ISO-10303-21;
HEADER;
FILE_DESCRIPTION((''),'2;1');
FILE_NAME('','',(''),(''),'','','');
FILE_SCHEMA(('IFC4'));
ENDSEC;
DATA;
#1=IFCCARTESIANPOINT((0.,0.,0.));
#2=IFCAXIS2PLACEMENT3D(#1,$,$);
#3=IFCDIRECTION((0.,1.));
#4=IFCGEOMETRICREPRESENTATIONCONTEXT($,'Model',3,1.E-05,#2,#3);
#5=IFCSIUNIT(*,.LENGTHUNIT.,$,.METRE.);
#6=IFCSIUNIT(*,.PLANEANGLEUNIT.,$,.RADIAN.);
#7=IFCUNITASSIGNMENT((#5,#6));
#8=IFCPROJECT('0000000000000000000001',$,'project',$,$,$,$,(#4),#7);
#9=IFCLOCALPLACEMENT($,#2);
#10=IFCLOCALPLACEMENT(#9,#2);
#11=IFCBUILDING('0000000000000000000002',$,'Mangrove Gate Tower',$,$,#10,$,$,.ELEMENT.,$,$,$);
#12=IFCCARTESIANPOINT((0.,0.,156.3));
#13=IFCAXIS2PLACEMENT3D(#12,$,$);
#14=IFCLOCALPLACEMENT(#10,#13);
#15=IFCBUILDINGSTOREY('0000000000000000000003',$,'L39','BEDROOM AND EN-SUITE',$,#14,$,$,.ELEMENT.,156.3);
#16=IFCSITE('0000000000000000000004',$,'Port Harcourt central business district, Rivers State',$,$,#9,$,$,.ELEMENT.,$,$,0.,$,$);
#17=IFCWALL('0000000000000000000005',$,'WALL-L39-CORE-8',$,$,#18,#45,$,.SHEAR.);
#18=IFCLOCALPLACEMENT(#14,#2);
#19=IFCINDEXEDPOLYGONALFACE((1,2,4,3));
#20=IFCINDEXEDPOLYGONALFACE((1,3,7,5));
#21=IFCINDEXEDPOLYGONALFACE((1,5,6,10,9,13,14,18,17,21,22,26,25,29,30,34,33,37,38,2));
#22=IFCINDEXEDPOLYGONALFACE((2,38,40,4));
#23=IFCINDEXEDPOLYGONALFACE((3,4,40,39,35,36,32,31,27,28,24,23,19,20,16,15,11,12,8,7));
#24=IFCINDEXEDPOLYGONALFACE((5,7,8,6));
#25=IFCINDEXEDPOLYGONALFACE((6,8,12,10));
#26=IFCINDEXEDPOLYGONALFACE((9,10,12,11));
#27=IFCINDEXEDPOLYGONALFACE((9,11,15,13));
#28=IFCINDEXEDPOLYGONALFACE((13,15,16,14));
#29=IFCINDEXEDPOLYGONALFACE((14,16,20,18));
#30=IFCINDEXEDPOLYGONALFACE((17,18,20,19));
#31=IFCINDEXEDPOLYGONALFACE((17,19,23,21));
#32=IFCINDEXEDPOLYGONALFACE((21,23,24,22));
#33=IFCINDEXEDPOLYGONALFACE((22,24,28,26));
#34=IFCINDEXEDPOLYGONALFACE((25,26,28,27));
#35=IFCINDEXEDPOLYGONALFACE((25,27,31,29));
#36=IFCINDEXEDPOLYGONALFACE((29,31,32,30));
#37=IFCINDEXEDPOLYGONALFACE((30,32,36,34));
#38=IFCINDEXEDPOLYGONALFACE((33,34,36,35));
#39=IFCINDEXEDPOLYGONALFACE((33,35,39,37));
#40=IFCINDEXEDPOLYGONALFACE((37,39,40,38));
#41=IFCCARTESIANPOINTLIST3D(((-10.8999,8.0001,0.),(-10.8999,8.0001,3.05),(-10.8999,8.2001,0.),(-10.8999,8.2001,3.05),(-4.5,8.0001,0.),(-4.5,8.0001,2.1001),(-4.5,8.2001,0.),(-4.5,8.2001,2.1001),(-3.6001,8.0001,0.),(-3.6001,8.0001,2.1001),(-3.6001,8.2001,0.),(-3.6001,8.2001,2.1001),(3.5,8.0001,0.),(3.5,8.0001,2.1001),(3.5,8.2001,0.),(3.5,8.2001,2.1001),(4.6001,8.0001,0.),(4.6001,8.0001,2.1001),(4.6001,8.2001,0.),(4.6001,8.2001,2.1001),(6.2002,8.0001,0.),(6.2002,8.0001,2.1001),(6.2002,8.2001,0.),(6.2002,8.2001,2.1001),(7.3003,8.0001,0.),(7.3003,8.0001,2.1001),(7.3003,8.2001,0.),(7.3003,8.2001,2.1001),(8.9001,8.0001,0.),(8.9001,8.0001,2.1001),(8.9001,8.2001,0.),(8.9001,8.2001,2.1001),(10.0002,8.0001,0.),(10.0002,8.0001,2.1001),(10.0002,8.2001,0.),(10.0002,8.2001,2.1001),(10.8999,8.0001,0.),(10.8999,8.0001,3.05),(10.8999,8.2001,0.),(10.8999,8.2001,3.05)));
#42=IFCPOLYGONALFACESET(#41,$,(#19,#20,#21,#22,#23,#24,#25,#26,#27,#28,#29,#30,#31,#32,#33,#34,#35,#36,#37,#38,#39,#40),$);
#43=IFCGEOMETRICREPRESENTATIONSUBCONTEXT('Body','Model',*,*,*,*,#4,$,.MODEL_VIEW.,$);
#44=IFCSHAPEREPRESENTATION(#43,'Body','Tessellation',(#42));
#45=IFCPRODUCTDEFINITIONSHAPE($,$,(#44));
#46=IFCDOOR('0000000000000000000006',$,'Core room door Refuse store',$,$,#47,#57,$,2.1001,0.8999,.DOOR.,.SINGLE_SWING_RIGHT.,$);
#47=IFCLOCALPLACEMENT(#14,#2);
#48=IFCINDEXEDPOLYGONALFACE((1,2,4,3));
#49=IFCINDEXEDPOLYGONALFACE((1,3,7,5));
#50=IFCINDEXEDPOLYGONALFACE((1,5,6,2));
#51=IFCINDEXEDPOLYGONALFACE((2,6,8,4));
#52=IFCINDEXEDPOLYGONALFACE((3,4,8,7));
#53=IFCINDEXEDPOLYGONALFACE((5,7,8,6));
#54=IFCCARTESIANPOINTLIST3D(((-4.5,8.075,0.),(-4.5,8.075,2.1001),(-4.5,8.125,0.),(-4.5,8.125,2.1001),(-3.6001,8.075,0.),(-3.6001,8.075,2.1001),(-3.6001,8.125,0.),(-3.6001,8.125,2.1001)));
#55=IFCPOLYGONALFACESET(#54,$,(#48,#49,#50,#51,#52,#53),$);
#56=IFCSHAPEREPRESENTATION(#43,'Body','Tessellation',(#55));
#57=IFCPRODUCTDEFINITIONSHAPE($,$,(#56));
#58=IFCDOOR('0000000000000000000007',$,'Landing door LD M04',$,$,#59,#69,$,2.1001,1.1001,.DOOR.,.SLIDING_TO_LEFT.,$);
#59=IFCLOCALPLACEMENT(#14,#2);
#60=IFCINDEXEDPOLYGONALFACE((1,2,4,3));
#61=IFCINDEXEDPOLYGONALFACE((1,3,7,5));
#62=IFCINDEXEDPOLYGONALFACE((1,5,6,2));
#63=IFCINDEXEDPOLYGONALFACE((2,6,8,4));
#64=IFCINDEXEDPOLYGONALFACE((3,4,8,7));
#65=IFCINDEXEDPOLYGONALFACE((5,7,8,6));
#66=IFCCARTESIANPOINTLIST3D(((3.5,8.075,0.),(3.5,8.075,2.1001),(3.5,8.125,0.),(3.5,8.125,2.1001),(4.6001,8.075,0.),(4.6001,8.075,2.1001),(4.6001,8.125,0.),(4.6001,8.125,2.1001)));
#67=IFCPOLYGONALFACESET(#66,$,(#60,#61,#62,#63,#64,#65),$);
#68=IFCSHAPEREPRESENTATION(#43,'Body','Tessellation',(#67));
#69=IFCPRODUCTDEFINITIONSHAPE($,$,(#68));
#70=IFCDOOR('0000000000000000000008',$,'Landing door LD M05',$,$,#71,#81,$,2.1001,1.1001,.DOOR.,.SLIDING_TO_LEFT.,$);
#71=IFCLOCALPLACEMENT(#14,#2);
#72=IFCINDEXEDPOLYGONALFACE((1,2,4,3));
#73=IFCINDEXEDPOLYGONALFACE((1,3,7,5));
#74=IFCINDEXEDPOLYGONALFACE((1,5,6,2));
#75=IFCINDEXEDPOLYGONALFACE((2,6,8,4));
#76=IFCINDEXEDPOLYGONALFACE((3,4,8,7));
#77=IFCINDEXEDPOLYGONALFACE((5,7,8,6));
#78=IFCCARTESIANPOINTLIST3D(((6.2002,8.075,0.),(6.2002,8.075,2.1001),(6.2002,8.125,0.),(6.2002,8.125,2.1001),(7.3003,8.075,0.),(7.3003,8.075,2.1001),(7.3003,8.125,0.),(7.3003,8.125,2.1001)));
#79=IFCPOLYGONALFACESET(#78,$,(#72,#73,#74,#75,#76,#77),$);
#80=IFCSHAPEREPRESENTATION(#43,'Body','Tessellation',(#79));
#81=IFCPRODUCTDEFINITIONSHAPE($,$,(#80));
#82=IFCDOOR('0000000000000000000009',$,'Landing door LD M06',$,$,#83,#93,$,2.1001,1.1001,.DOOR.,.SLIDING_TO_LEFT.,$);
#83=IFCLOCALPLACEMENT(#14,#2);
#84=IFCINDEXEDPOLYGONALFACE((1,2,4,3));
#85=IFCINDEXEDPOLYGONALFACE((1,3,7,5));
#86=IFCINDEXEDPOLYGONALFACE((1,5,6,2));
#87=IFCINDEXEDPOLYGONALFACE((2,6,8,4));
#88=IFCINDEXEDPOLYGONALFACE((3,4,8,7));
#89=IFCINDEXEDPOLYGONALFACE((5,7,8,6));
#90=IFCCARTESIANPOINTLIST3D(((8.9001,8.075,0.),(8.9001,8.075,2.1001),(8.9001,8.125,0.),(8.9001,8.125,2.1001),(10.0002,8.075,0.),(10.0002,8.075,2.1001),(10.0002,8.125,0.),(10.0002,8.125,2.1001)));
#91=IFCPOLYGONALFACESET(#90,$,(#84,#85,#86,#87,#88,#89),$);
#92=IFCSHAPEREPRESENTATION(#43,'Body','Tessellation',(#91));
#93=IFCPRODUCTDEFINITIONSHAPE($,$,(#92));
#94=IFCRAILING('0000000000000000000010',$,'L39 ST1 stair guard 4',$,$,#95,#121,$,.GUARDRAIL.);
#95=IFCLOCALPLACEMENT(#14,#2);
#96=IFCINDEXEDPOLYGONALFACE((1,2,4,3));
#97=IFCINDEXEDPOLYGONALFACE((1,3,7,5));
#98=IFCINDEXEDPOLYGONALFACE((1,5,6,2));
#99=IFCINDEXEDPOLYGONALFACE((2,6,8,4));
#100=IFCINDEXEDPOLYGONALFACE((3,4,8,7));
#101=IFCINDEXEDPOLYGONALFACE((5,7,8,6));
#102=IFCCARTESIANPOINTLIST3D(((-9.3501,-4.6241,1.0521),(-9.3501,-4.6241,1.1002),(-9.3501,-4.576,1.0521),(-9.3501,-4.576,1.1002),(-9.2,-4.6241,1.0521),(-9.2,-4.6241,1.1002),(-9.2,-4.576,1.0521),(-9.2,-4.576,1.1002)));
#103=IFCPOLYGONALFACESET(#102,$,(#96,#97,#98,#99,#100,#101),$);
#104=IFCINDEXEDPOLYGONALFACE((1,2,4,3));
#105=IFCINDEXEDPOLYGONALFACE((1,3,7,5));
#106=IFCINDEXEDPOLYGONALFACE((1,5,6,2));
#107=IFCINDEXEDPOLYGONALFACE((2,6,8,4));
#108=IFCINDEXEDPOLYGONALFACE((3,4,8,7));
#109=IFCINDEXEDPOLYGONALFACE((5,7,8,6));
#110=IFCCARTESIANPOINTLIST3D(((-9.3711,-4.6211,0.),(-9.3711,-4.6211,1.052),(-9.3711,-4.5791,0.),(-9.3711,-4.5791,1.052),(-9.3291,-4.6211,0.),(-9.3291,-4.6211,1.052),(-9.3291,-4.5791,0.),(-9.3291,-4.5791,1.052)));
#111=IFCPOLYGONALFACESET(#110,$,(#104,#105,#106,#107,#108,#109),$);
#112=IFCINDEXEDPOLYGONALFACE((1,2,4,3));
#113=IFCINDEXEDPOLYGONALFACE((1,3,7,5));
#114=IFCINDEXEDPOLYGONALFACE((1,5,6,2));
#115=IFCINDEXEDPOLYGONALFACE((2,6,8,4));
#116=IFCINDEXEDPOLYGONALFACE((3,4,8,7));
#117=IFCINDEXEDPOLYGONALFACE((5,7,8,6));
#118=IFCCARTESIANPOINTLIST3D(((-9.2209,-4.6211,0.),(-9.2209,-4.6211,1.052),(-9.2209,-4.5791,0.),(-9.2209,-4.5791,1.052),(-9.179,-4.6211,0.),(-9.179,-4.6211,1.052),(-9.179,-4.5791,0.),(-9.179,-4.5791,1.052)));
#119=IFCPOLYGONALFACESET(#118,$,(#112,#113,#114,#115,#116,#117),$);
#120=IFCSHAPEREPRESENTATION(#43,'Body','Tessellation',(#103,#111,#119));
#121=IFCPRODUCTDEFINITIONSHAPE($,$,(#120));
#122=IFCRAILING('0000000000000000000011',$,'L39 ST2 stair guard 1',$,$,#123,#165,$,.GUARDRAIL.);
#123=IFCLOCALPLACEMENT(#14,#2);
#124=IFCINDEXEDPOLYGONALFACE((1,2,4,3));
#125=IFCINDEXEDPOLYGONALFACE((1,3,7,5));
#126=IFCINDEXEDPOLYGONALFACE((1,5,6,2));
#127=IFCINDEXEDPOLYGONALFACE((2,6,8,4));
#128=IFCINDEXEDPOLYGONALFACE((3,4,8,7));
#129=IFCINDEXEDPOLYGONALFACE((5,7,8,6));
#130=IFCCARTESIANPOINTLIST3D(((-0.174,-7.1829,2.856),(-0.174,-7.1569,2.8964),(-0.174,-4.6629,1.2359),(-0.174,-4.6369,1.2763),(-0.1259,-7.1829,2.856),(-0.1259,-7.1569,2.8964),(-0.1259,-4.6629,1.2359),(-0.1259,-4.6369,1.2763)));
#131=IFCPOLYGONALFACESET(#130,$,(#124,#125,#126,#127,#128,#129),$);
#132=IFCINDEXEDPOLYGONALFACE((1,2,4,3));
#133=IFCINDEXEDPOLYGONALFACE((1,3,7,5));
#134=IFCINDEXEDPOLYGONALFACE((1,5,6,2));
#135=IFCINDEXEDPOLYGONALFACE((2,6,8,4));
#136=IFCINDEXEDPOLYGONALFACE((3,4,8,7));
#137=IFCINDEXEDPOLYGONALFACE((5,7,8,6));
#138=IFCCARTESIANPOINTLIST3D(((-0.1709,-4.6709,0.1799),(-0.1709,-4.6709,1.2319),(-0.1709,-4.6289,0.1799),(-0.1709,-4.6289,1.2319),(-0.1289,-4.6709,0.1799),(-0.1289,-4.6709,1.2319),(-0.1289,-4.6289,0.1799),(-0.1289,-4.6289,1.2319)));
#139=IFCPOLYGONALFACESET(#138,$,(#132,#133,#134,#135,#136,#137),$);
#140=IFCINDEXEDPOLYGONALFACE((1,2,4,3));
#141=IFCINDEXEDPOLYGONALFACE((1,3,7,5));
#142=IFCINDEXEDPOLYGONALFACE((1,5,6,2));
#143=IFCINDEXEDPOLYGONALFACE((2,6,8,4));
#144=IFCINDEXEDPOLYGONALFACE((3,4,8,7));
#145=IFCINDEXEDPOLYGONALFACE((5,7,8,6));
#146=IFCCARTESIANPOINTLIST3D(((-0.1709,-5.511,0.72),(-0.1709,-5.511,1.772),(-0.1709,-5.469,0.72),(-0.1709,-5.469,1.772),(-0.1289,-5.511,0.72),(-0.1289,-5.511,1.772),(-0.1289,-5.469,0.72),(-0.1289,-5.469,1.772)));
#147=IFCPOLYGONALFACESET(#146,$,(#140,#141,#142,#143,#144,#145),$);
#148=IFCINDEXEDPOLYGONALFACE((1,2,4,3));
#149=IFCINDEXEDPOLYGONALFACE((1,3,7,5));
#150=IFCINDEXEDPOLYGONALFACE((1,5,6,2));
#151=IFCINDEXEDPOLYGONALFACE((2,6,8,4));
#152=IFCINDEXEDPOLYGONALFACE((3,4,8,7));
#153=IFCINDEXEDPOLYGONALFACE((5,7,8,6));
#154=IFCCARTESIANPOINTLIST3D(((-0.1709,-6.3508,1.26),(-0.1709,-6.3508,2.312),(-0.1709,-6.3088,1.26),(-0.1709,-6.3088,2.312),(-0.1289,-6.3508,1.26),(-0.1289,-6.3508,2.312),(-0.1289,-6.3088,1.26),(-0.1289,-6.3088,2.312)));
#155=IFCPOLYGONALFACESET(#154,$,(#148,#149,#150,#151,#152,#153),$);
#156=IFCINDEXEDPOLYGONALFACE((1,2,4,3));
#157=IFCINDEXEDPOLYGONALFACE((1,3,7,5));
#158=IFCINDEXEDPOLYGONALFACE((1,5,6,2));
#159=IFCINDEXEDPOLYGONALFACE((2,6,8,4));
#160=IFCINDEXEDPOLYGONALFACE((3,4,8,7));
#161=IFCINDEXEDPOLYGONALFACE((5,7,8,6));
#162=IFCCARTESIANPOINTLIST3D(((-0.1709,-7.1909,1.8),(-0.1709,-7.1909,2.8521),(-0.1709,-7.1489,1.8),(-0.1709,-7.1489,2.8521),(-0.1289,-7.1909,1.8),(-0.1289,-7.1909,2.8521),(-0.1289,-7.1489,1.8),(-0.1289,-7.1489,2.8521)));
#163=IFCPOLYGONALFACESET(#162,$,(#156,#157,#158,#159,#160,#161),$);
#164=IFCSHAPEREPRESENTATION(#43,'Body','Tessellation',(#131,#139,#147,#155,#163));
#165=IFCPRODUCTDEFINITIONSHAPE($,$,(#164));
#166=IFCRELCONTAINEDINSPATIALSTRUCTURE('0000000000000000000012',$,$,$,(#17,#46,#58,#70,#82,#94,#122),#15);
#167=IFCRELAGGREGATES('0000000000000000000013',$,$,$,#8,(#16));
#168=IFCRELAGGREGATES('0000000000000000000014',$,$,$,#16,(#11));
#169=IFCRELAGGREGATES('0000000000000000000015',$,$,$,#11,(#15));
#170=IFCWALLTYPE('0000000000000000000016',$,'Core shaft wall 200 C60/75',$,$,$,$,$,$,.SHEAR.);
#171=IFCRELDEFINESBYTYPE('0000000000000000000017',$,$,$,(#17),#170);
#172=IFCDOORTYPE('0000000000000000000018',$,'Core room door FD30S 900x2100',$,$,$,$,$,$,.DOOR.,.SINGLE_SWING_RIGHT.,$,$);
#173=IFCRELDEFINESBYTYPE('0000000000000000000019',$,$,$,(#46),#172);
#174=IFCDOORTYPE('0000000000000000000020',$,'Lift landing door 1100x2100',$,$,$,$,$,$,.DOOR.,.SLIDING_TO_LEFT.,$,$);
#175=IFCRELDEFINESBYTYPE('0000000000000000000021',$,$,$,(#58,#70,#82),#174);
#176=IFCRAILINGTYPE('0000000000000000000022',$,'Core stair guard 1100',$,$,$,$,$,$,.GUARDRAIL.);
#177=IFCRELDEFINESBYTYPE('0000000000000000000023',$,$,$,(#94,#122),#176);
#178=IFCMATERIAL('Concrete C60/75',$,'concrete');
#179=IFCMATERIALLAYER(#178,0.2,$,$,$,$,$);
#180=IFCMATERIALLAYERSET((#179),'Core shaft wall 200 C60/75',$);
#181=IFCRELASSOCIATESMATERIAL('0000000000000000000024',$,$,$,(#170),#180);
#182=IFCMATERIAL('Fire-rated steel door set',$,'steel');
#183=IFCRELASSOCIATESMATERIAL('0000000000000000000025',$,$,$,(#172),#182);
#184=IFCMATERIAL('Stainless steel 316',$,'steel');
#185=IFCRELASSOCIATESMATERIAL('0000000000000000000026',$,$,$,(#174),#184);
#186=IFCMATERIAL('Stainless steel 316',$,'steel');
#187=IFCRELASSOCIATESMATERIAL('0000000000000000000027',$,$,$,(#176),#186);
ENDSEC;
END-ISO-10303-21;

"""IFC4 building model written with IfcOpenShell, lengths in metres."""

from ifc_helpers import new_model, si_unit, direction, frame, frame_2d, origin, origin_2d, place, context, subcontext, project, spatial, rectangle, extrude, material, layer, layer_set, type_object, element, fill, save


model = new_model("IFC4")

# Units and contexts
model_context = context("Model", 3, precision=1e-05, world=origin(), true_north=direction((0.0, 1.0)))
body_context = subcontext(model_context, "Body", "Model", "MODEL_VIEW")
ifc_project = project(units=[si_unit("LENGTHUNIT", "METRE"), si_unit("PLANEANGLEUNIT", "RADIAN")], contexts=[model_context])

# Site, building, storey
site_placement = place(None, origin())
site = spatial("IfcSite", under=ifc_project, at=site_placement, Name="Port Harcourt central business district, Rivers State", CompositionType="ELEMENT", RefElevation=0.0)
building_placement = place(site_placement, origin())
building = spatial("IfcBuilding", under=site, at=building_placement, Name="Mangrove Gate Tower", CompositionType="ELEMENT")
storey_placement = place(building_placement, frame((0.0, 0.0, 156.3)))
storey = spatial("IfcBuildingStorey", under=building, at=storey_placement, Name="L39", Description="BEDROOM AND EN-SUITE", CompositionType="ELEMENT", Elevation=156.3)

# Shared definitions
ifc_material_1 = material(Name="Concrete C60/75", Category="concrete")
ifc_layer_1 = layer(ifc_material_1, 0.2)
ifc_layer_set_1 = layer_set([ifc_layer_1], Name="Core shaft wall 200 C60/75")
wall_type_1 = type_object("IfcWallType", Name="Core shaft wall 200 C60/75", PredefinedType="SHEAR", material=ifc_layer_set_1)

# Wall, openings, doors
ifc_material_2 = material(Name="Fire-rated steel door set", Category="steel")
door_type_1 = type_object("IfcDoorType", Name="Core room door FD30S 900x2100", OperationType="SINGLE_SWING_RIGHT", PredefinedType="DOOR", material=ifc_material_2)
ifc_material_3 = material(Name="Stainless steel 316", Category="steel")
door_type_2 = type_object("IfcDoorType", Name="Lift landing door 1100x2100", OperationType="SLIDING_TO_LEFT", PredefinedType="DOOR", material=ifc_material_3)
wall_1_placement = place(storey_placement, frame((-10.8999, 8.1001, 0.0), z_axis=(0.0, 0.0, 1.0), x_axis=(1.0, 0.0, 0.0)))
wall_1 = element("IfcWall", 1, at=wall_1_placement, inside=storey, type_object=wall_type_1, Name="WALL-L39-CORE-8", PredefinedType="SHEAR", context=body_context, shape_type="SweptSolid", body=[
    extrude(rectangle(XDim=21.7998, YDim=0.2, at=frame_2d((10.8999, 0.0))), origin(), (0.0, 0.0, 1.0), 3.05),
])
opening_1_placement = place(wall_1_placement, frame((14.3999, 0.0, 0.0)))
opening_1 = element("IfcOpeningElement", 2, at=opening_1_placement, cuts=wall_1, PredefinedType="OPENING", context=body_context, shape_type="SweptSolid", body=[
    extrude(rectangle(XDim=1.1001, YDim=2.1001, at=frame_2d((0.55, 1.05))), frame((0.0, 0.1099, 0.0), z_axis=(0.0, -1.0, 0.0), x_axis=(1.0, 0.0, 0.0)), (0.0, 0.0, 1.0), 0.22),
])
opening_2_placement = place(wall_1_placement, frame((17.1001, 0.0, 0.0)))
opening_2 = element("IfcOpeningElement", 3, at=opening_2_placement, cuts=wall_1, PredefinedType="OPENING", context=body_context, shape_type="SweptSolid", body=[
    extrude(rectangle(XDim=1.1001, YDim=2.1001, at=frame_2d((0.55, 1.05))), frame((0.0, 0.1099, 0.0), z_axis=(0.0, -1.0, 0.0), x_axis=(1.0, 0.0, 0.0)), (0.0, 0.0, 1.0), 0.22),
])
opening_3_placement = place(wall_1_placement, frame((19.8, 0.0, 0.0)))
opening_3 = element("IfcOpeningElement", 4, at=opening_3_placement, cuts=wall_1, PredefinedType="OPENING", context=body_context, shape_type="SweptSolid", body=[
    extrude(rectangle(XDim=1.1001, YDim=2.1001, at=frame_2d((0.55, 1.05))), frame((0.0, 0.1099, 0.0), z_axis=(0.0, -1.0, 0.0), x_axis=(1.0, 0.0, 0.0)), (0.0, 0.0, 1.0), 0.22),
])
opening_4_placement = place(wall_1_placement, frame((6.3999, 0.0, 0.0)))
opening_4 = element("IfcOpeningElement", 5, at=opening_4_placement, cuts=wall_1, PredefinedType="OPENING", context=body_context, shape_type="SweptSolid", body=[
    extrude(rectangle(XDim=0.8999, YDim=2.1001, at=frame_2d((0.45, 1.05))), frame((0.0, 0.1099, 0.0), z_axis=(0.0, -1.0, 0.0), x_axis=(1.0, 0.0, 0.0)), (0.0, 0.0, 1.0), 0.22),
])
door_1_placement = place(opening_4_placement, origin())
door_1 = element("IfcDoor", 6, at=door_1_placement, inside=storey, type_object=door_type_1, Name="Core room door Refuse store", OperationType="SINGLE_SWING_RIGHT", OverallHeight=2.1001, OverallWidth=0.8999, PredefinedType="DOOR", context=body_context, shape_type="SweptSolid", body=[
    extrude(rectangle(XDim=0.8999, YDim=2.1001, at=frame_2d((0.45, 1.05))), frame((0.0, 0.0249, 0.0), z_axis=(0.0, -1.0, 0.0), x_axis=(1.0, 0.0, 0.0)), (0.0, 0.0, 1.0), 0.05),
])
fill(opening_4, door_1)
door_2_placement = place(opening_1_placement, origin())
door_2 = element("IfcDoor", 7, at=door_2_placement, inside=storey, type_object=door_type_2, Name="Landing door LD M04", OperationType="SLIDING_TO_LEFT", OverallHeight=2.1001, OverallWidth=1.1001, PredefinedType="DOOR", context=body_context, shape_type="SweptSolid", body=[
    extrude(rectangle(XDim=1.1001, YDim=2.1001, at=frame_2d((0.55, 1.05))), frame((0.0, 0.0249, 0.0), z_axis=(0.0, -1.0, 0.0), x_axis=(1.0, 0.0, 0.0)), (0.0, 0.0, 1.0), 0.05),
])
fill(opening_1, door_2)
door_3_placement = place(opening_2_placement, origin())
door_3 = element("IfcDoor", 8, at=door_3_placement, inside=storey, type_object=door_type_2, Name="Landing door LD M05", OperationType="SLIDING_TO_LEFT", OverallHeight=2.1001, OverallWidth=1.1001, PredefinedType="DOOR", context=body_context, shape_type="SweptSolid", body=[
    extrude(rectangle(XDim=1.1001, YDim=2.1001, at=frame_2d((0.55, 1.05))), frame((0.0, 0.0249, 0.0), z_axis=(0.0, -1.0, 0.0), x_axis=(1.0, 0.0, 0.0)), (0.0, 0.0, 1.0), 0.05),
])
fill(opening_2, door_3)
door_4_placement = place(opening_3_placement, origin())
door_4 = element("IfcDoor", 9, at=door_4_placement, inside=storey, type_object=door_type_2, Name="Landing door LD M06", OperationType="SLIDING_TO_LEFT", OverallHeight=2.1001, OverallWidth=1.1001, PredefinedType="DOOR", context=body_context, shape_type="SweptSolid", body=[
    extrude(rectangle(XDim=1.1001, YDim=2.1001, at=frame_2d((0.55, 1.05))), frame((0.0, 0.0249, 0.0), z_axis=(0.0, -1.0, 0.0), x_axis=(1.0, 0.0, 0.0)), (0.0, 0.0, 1.0), 0.05),
])
fill(opening_3, door_4)

# Railings
ifc_material_4 = material(Name="Stainless steel 316", Category="steel")
railing_type = type_object("IfcRailingType", Name="Core stair guard 1100", PredefinedType="GUARDRAIL", material=ifc_material_4)
railing_1_placement = place(storey_placement, frame((-9.3501, -4.6001, 0.0)))
element("IfcRailing", 10, at=railing_1_placement, inside=storey, type_object=railing_type, Name="L39 ST1 stair guard 4", PredefinedType="GUARDRAIL", context=body_context, shape_type="SweptSolid", body=[
    extrude(rectangle(XDim=0.0481, YDim=0.0481, at=origin_2d()), frame((0.0, 0.0, 1.0762), z_axis=(1.0, 0.0, 0.0), x_axis=(0.0, 1.0, 0.0)), (0.0, 0.0, 1.0), 0.1501),
    extrude(rectangle(XDim=0.042, YDim=0.042, at=origin_2d()), origin(), (0.0, 0.0, 1.0), 1.052),
    extrude(rectangle(XDim=0.042, YDim=0.042, at=origin_2d()), frame((0.1501, 0.0, 0.0)), (0.0, 0.0, 1.0), 1.052),
])
railing_2_placement = place(storey_placement, frame((-0.1499, -4.6499, 0.1799)))
element("IfcRailing", 11, at=railing_2_placement, inside=storey, type_object=railing_type, Name="L39 ST2 stair guard 1", PredefinedType="GUARDRAIL", context=body_context, shape_type="SweptSolid", body=[
    extrude(rectangle(XDim=0.0481, YDim=0.0481, at=origin_2d()), frame((0.0, 0.0, 1.0762), z_axis=(0.0, -0.841163, 0.540782), x_axis=(1.0, 0.0, 0.0)), (0.0, 0.0, 1.0), 2.9958),
    extrude(rectangle(XDim=0.042, YDim=0.042, at=origin_2d()), origin(), (0.0, 0.0, 1.0), 1.052),
    extrude(rectangle(XDim=0.042, YDim=0.042, at=origin_2d()), frame((0.0, -0.8401, 0.54)), (0.0, 0.0, 1.0), 1.052),
    extrude(rectangle(XDim=0.042, YDim=0.042, at=origin_2d()), frame((0.0, -1.6799, 1.0801)), (0.0, 0.0, 1.0), 1.052),
    extrude(rectangle(XDim=0.042, YDim=0.042, at=origin_2d()), frame((0.0, -2.52, 1.6201)), (0.0, 0.0, 1.0), 1.052),
])

save(model, "model.ifc")
